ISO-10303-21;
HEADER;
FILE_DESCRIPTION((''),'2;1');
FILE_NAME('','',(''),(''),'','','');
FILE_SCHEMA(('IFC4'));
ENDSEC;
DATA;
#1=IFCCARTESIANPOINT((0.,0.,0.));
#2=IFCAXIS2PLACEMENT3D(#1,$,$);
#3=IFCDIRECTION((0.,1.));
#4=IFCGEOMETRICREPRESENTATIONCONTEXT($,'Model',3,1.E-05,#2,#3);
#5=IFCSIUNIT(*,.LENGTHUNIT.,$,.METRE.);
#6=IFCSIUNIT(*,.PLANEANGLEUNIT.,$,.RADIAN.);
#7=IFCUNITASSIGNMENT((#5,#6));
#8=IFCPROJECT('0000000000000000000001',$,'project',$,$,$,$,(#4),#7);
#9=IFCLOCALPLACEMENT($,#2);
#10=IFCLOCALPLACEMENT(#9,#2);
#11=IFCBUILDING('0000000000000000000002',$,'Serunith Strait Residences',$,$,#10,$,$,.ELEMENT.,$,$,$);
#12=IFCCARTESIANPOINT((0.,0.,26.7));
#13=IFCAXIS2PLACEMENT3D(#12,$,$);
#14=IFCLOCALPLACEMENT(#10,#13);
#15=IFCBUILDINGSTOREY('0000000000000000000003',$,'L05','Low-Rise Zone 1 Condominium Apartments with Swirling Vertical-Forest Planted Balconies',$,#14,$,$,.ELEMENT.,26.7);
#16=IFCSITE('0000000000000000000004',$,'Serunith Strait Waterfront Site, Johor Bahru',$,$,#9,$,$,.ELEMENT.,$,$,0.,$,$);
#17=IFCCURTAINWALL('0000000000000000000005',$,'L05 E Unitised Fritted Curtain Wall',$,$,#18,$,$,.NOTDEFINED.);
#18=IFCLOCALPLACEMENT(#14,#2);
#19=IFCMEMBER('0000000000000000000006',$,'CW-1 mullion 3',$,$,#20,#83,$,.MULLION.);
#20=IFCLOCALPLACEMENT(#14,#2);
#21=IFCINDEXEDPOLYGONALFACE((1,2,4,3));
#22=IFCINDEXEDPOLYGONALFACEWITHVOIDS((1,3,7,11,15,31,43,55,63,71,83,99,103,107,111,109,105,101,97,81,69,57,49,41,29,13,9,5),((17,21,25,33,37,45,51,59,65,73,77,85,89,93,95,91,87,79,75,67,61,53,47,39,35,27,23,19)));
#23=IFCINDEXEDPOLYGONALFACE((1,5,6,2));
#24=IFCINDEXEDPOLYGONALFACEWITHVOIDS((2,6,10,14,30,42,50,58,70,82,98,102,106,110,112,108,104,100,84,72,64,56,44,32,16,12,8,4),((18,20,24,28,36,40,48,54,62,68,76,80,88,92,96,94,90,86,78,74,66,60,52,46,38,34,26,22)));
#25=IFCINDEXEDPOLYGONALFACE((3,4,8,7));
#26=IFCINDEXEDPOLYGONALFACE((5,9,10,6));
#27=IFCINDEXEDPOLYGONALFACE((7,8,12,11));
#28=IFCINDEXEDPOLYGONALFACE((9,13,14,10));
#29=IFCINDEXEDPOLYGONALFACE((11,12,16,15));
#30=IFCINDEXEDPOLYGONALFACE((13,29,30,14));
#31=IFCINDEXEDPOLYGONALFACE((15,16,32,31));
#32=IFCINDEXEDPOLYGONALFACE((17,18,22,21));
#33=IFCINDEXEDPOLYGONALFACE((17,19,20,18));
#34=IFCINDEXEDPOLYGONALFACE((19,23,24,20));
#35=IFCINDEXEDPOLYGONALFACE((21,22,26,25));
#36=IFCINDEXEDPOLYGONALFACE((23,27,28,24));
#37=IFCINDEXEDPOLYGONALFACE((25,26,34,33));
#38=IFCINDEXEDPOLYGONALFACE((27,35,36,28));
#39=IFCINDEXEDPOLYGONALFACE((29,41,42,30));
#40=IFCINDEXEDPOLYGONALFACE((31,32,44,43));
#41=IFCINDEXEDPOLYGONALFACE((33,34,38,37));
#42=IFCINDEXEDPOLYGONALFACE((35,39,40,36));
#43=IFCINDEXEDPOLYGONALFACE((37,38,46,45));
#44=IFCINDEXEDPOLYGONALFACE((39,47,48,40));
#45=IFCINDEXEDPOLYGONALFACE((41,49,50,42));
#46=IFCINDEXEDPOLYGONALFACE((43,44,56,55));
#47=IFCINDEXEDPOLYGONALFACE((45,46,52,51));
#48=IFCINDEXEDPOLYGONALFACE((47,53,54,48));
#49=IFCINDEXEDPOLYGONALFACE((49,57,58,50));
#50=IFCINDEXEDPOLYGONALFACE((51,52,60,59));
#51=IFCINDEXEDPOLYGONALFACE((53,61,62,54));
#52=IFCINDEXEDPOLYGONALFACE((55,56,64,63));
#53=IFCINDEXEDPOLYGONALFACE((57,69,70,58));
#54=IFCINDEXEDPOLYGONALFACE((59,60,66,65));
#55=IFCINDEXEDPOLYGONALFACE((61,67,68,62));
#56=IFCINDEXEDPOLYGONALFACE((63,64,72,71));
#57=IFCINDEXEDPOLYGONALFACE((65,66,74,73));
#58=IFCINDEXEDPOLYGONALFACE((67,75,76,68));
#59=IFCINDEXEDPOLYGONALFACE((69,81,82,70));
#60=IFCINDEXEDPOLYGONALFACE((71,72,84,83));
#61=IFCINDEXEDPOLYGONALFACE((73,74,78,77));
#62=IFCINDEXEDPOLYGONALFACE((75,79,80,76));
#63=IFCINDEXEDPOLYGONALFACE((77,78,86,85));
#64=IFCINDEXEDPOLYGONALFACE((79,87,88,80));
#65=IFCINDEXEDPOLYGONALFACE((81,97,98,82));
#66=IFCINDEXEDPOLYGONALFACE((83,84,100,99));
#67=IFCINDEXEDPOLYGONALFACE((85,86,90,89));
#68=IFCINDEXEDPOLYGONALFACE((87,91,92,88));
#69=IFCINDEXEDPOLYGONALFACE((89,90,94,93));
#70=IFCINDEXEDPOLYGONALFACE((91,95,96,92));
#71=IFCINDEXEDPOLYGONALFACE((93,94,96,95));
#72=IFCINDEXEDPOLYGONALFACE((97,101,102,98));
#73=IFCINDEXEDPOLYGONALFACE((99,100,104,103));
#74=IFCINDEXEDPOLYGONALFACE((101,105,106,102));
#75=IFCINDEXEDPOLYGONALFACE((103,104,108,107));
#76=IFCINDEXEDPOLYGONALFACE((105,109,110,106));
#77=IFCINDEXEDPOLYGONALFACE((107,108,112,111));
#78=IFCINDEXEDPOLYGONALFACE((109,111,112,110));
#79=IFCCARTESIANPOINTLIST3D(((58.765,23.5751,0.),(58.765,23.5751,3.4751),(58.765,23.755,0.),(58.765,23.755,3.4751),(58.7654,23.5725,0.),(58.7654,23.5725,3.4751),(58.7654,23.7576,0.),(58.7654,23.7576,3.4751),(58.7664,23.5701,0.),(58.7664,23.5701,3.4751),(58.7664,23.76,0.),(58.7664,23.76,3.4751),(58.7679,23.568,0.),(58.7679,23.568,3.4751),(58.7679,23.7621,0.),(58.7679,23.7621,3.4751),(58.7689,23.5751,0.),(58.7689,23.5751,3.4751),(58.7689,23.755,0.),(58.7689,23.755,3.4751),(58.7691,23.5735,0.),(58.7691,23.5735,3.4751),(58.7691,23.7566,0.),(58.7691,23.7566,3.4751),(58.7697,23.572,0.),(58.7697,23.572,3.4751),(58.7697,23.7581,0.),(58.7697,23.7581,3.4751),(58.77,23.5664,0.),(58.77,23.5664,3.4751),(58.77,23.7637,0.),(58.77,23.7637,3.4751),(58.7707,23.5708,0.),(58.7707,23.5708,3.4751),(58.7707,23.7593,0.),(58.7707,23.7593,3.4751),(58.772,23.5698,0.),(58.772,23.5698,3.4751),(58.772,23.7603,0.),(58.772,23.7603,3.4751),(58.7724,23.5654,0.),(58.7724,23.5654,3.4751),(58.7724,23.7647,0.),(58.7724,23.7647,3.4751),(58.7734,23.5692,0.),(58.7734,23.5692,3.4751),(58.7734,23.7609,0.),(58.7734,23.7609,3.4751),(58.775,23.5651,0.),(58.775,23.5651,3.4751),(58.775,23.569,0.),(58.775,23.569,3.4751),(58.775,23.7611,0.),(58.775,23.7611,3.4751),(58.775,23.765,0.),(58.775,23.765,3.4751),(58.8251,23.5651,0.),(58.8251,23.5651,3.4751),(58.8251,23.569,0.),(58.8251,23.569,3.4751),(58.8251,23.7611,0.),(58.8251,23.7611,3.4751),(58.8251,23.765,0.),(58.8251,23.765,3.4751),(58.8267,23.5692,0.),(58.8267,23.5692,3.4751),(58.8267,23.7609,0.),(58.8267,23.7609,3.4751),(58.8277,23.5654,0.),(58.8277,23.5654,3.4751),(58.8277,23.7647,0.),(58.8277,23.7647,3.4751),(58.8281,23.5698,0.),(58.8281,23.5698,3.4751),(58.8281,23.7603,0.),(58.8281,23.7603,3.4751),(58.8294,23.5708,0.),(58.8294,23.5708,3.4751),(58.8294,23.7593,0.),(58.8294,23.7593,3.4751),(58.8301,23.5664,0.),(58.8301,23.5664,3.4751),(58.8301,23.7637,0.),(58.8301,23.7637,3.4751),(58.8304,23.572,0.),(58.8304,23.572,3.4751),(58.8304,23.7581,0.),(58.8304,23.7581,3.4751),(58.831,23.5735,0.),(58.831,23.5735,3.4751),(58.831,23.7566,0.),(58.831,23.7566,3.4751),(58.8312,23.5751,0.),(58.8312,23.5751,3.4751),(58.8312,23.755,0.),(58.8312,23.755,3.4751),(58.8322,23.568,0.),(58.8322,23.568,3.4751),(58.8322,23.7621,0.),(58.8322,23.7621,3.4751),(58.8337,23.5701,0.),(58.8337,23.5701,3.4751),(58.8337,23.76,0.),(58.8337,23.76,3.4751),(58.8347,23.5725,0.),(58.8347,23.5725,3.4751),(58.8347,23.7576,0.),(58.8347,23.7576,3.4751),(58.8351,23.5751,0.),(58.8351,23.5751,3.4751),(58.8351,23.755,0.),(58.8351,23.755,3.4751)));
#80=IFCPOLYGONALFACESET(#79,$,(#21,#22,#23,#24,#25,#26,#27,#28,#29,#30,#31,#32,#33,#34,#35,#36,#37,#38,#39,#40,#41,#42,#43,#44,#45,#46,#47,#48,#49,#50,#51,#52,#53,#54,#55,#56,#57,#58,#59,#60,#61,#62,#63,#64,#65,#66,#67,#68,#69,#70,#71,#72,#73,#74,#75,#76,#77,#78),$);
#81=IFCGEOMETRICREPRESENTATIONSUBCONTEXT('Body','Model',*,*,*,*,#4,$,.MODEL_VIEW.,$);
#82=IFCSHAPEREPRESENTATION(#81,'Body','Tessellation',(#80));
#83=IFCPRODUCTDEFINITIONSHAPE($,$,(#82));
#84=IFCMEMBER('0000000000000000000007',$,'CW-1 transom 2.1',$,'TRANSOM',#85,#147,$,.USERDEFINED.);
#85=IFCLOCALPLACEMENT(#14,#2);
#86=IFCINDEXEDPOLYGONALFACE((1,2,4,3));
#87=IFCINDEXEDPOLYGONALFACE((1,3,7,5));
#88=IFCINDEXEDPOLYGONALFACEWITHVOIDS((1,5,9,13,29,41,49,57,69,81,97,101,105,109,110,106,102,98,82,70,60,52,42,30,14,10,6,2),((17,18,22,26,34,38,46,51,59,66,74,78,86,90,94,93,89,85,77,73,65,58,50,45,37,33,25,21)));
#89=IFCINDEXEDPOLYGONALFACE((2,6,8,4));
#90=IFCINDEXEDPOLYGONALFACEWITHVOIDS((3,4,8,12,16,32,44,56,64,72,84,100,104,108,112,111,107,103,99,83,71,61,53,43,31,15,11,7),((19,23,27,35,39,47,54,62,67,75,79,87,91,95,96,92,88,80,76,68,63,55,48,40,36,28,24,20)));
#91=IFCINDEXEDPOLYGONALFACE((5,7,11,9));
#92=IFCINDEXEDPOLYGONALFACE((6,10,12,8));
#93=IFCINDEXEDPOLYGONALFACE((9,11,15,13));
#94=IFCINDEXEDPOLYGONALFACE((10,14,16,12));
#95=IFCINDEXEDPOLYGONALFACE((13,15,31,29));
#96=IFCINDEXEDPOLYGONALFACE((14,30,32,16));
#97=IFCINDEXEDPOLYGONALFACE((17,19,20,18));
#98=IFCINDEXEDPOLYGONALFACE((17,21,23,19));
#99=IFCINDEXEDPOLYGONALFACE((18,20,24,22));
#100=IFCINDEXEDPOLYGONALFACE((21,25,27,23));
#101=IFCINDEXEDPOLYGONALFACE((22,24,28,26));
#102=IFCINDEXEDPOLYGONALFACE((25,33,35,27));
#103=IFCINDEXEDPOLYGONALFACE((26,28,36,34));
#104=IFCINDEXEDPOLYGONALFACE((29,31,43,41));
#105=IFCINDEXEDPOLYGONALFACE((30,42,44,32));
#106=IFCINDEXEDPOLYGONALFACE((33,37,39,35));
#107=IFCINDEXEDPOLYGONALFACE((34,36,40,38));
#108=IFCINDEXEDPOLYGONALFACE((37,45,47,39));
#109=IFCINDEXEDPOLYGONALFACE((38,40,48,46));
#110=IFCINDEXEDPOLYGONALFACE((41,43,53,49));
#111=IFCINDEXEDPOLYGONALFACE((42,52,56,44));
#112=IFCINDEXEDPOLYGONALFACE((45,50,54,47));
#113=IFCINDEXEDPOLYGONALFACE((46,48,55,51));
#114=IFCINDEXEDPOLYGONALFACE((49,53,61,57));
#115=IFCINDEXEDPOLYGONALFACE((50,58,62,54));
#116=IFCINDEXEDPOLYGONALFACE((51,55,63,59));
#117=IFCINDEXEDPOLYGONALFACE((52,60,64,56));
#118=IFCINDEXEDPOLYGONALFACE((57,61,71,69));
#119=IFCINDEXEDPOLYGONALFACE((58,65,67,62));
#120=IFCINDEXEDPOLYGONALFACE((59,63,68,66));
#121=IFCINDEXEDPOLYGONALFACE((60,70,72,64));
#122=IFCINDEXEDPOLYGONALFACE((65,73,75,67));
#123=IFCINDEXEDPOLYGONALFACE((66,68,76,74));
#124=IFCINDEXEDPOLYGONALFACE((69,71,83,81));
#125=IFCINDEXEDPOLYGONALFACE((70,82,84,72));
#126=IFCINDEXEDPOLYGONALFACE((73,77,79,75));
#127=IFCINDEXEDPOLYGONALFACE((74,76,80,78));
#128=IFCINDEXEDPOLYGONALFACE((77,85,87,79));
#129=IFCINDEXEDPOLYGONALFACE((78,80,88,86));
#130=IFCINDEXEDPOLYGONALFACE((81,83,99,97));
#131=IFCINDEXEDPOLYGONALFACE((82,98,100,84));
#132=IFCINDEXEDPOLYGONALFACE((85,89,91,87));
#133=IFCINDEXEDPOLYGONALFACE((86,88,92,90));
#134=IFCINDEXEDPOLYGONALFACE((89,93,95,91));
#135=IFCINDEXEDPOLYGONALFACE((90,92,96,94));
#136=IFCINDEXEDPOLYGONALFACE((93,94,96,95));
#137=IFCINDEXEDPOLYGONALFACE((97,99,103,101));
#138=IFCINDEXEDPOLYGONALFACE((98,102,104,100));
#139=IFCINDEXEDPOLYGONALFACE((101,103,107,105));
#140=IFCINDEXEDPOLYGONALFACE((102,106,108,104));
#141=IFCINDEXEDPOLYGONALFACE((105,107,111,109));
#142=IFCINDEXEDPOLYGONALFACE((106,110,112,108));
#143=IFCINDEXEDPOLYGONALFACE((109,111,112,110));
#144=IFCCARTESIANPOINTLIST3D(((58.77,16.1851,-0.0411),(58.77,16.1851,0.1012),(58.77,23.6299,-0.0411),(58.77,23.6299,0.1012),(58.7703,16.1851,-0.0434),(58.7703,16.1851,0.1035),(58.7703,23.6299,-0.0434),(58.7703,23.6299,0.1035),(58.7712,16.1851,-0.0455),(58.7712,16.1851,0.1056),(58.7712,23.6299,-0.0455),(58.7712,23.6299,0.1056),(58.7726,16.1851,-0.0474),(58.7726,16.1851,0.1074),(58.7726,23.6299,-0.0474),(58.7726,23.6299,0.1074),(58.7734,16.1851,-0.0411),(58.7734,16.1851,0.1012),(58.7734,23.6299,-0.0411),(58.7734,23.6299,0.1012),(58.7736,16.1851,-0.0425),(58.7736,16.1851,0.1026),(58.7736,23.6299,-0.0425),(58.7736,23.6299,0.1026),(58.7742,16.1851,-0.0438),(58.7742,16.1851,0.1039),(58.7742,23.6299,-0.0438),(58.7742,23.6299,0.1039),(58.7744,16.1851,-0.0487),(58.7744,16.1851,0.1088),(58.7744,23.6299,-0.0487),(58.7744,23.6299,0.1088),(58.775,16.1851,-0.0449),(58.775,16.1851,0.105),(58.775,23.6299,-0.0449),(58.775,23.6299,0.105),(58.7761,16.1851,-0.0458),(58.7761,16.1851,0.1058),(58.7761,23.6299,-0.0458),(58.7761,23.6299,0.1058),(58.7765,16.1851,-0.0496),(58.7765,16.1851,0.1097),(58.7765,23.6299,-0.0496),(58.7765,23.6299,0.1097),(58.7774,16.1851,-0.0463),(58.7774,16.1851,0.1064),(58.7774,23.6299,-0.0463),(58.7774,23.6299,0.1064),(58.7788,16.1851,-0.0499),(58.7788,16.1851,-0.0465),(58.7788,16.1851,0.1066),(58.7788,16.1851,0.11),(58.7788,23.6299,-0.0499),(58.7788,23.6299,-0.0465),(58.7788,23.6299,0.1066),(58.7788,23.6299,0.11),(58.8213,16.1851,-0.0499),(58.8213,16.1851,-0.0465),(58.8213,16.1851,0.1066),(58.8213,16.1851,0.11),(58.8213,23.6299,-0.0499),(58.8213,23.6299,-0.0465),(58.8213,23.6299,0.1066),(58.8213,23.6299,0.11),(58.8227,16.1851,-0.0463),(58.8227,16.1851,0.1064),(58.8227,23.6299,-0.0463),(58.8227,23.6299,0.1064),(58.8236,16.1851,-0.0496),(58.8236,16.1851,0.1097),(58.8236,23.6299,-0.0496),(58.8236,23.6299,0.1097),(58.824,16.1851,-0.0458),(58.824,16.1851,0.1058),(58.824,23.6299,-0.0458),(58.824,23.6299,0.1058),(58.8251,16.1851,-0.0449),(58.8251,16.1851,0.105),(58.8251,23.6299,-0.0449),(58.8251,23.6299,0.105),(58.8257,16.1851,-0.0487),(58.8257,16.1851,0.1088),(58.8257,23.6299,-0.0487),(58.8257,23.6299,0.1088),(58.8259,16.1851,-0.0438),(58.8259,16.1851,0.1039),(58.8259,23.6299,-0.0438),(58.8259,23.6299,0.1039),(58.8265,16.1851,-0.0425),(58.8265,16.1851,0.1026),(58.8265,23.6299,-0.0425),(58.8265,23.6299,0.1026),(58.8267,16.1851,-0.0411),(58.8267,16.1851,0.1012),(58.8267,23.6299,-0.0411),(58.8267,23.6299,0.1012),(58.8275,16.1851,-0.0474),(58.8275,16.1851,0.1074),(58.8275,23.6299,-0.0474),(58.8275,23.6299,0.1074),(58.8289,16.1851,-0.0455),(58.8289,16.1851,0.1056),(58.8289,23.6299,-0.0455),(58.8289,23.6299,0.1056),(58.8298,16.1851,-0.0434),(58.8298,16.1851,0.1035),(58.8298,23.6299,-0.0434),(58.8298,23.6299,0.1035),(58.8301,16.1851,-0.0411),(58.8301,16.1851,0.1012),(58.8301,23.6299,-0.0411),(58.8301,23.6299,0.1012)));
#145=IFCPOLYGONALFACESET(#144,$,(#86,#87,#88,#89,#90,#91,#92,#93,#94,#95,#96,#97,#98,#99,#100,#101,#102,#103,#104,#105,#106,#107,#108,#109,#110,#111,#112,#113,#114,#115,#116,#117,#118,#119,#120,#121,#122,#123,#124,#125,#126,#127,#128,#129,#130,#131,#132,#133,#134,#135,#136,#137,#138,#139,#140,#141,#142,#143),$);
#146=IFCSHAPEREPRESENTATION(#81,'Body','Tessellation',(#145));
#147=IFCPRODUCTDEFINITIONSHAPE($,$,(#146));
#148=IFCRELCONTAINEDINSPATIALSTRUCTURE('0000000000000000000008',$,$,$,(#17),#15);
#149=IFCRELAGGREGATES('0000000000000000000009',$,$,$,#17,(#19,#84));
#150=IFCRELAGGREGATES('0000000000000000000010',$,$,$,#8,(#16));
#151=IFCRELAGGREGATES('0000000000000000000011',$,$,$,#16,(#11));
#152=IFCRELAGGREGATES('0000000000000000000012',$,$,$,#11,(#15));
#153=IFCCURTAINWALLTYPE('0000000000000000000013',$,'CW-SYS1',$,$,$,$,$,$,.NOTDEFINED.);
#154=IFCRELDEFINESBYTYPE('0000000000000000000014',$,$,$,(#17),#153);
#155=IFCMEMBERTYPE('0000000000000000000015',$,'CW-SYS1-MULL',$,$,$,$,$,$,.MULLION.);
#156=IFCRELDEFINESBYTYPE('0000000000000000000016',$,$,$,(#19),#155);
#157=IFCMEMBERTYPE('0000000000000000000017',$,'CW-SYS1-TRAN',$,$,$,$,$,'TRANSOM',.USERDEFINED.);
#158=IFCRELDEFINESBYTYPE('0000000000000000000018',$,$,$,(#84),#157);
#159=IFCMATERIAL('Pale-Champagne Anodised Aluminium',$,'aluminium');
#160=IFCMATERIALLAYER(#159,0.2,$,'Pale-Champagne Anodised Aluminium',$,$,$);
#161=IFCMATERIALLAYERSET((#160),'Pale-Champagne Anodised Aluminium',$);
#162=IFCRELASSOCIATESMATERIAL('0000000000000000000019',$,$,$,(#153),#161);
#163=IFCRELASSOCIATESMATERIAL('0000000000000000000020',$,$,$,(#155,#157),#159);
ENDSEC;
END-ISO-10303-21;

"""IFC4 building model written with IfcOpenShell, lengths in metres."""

from ifc_helpers import new_model, si_unit, direction, frame, origin, origin_2d, place, context, subcontext, project, spatial, hollow_rectangle, extrude, source, transform, mapped, material, layer, layer_set, material_profile, profile_set, type_object, element, aggregate, save


model = new_model("IFC4")

# Units and contexts
model_context = context("Model", 3, precision=1e-05, world=origin(), true_north=direction((0.0, 1.0)))
body_context = subcontext(model_context, "Body", "Model", "MODEL_VIEW")
ifc_project = project(units=[si_unit("LENGTHUNIT", "METRE"), si_unit("PLANEANGLEUNIT", "RADIAN")], contexts=[model_context])

# Site, building, storey
site_placement = place(None, origin())
site = spatial("IfcSite", under=ifc_project, at=site_placement, Name="Serunith Strait Waterfront Site, Johor Bahru", CompositionType="ELEMENT", RefElevation=0.0)
building_placement = place(site_placement, origin())
building = spatial("IfcBuilding", under=site, at=building_placement, Name="Serunith Strait Residences", CompositionType="ELEMENT")
storey_placement = place(building_placement, frame((0.0, 0.0, 26.7)))
storey = spatial("IfcBuildingStorey", under=building, at=storey_placement, Name="L05", Description="Low-Rise Zone 1 Condominium Apartments with Swirling Vertical-Forest Planted Balconies", CompositionType="ELEMENT", Elevation=26.7)

# Curtain wall, members
ifc_material_1 = material(Name="Pale-Champagne Anodised Aluminium", Category="aluminium")
ifc_layer_1 = layer(ifc_material_1, 0.2, Name="Pale-Champagne Anodised Aluminium")
ifc_layer_set_1 = layer_set([ifc_layer_1], Name="Pale-Champagne Anodised Aluminium")
curtain_wall_type = type_object("IfcCurtainWallType", Name="CW-SYS1", PredefinedType="NOTDEFINED", material=ifc_layer_set_1)
curtain_wall_placement = place(storey_placement, origin())
curtain_wall = element("IfcCurtainWall", 1, at=curtain_wall_placement, inside=storey, type_object=curtain_wall_type, Name="L05 E Unitised Fritted Curtain Wall", PredefinedType="NOTDEFINED")
ifc_material_profile_1 = material_profile(ifc_material_1, hollow_rectangle(XDim=0.0701, YDim=0.2, WallThickness=0.0039, InnerFilletRadius=0.0061, OuterFilletRadius=0.01, at=origin_2d()), Name="ALU 200x70x4")
ifc_profile_set_1 = profile_set([ifc_material_profile_1], Name="Pale-Champagne Anodised Aluminium")
member_type_1 = type_object("IfcMemberType", Name="CW-SYS1-MULL", PredefinedType="MULLION", material=ifc_profile_set_1)
shared_shape_1 = source(origin(), body_context, "Body", "SweptSolid", [
    extrude(hollow_rectangle(XDim=0.0701, YDim=0.2, WallThickness=0.0039, InnerFilletRadius=0.0061, OuterFilletRadius=0.01, at=origin_2d()), origin(), (0.0, 0.0, 1.0), 3.4751),
])
member_1_placement = place(storey_placement, frame((58.8, 23.665, 0.0), z_axis=(0.0, 0.0, 1.0), x_axis=(-1.0, 0.0, 0.0)))
member_1 = element("IfcMember", 2, at=member_1_placement, type_object=member_type_1, Name="CW-1 mullion 3", PredefinedType="MULLION", context=body_context, shape_type="MappedRepresentation", body=[
    mapped(shared_shape_1, transform((0.0, 0.0, 0.0), scale=1.0)),
])
ifc_material_profile_2 = material_profile(ifc_material_1, hollow_rectangle(XDim=0.0601, YDim=0.1599, WallThickness=0.0034, InnerFilletRadius=0.0054, OuterFilletRadius=0.0088, at=origin_2d()), Name="ALU 160x60x3.5")
ifc_profile_set_2 = profile_set([ifc_material_profile_2], Name="Pale-Champagne Anodised Aluminium")
member_type_2 = type_object("IfcMemberType", Name="CW-SYS1-TRAN", ElementType="TRANSOM", PredefinedType="USERDEFINED", material=ifc_profile_set_2)
shared_shape_2 = source(origin(), body_context, "Body", "SweptSolid", [
    extrude(hollow_rectangle(XDim=0.0601, YDim=0.1599, WallThickness=0.0034, InnerFilletRadius=0.0054, OuterFilletRadius=0.0088, at=origin_2d()), origin(), (0.0, 0.0, 1.0), 7.4448),
])
member_2_placement = place(storey_placement, frame((58.8, 16.1851, 0.03), z_axis=(0.0, 1.0, 0.0), x_axis=(-1.0, 0.0, 0.0)))
member_2 = element("IfcMember", 3, at=member_2_placement, type_object=member_type_2, Name="CW-1 transom 2.1", ObjectType="TRANSOM", PredefinedType="USERDEFINED", context=body_context, shape_type="MappedRepresentation", body=[
    mapped(shared_shape_2, transform((0.0, 0.0, 0.0), scale=1.0)),
])
aggregate(curtain_wall, [member_1, member_2])

save(model, "model.ifc")
